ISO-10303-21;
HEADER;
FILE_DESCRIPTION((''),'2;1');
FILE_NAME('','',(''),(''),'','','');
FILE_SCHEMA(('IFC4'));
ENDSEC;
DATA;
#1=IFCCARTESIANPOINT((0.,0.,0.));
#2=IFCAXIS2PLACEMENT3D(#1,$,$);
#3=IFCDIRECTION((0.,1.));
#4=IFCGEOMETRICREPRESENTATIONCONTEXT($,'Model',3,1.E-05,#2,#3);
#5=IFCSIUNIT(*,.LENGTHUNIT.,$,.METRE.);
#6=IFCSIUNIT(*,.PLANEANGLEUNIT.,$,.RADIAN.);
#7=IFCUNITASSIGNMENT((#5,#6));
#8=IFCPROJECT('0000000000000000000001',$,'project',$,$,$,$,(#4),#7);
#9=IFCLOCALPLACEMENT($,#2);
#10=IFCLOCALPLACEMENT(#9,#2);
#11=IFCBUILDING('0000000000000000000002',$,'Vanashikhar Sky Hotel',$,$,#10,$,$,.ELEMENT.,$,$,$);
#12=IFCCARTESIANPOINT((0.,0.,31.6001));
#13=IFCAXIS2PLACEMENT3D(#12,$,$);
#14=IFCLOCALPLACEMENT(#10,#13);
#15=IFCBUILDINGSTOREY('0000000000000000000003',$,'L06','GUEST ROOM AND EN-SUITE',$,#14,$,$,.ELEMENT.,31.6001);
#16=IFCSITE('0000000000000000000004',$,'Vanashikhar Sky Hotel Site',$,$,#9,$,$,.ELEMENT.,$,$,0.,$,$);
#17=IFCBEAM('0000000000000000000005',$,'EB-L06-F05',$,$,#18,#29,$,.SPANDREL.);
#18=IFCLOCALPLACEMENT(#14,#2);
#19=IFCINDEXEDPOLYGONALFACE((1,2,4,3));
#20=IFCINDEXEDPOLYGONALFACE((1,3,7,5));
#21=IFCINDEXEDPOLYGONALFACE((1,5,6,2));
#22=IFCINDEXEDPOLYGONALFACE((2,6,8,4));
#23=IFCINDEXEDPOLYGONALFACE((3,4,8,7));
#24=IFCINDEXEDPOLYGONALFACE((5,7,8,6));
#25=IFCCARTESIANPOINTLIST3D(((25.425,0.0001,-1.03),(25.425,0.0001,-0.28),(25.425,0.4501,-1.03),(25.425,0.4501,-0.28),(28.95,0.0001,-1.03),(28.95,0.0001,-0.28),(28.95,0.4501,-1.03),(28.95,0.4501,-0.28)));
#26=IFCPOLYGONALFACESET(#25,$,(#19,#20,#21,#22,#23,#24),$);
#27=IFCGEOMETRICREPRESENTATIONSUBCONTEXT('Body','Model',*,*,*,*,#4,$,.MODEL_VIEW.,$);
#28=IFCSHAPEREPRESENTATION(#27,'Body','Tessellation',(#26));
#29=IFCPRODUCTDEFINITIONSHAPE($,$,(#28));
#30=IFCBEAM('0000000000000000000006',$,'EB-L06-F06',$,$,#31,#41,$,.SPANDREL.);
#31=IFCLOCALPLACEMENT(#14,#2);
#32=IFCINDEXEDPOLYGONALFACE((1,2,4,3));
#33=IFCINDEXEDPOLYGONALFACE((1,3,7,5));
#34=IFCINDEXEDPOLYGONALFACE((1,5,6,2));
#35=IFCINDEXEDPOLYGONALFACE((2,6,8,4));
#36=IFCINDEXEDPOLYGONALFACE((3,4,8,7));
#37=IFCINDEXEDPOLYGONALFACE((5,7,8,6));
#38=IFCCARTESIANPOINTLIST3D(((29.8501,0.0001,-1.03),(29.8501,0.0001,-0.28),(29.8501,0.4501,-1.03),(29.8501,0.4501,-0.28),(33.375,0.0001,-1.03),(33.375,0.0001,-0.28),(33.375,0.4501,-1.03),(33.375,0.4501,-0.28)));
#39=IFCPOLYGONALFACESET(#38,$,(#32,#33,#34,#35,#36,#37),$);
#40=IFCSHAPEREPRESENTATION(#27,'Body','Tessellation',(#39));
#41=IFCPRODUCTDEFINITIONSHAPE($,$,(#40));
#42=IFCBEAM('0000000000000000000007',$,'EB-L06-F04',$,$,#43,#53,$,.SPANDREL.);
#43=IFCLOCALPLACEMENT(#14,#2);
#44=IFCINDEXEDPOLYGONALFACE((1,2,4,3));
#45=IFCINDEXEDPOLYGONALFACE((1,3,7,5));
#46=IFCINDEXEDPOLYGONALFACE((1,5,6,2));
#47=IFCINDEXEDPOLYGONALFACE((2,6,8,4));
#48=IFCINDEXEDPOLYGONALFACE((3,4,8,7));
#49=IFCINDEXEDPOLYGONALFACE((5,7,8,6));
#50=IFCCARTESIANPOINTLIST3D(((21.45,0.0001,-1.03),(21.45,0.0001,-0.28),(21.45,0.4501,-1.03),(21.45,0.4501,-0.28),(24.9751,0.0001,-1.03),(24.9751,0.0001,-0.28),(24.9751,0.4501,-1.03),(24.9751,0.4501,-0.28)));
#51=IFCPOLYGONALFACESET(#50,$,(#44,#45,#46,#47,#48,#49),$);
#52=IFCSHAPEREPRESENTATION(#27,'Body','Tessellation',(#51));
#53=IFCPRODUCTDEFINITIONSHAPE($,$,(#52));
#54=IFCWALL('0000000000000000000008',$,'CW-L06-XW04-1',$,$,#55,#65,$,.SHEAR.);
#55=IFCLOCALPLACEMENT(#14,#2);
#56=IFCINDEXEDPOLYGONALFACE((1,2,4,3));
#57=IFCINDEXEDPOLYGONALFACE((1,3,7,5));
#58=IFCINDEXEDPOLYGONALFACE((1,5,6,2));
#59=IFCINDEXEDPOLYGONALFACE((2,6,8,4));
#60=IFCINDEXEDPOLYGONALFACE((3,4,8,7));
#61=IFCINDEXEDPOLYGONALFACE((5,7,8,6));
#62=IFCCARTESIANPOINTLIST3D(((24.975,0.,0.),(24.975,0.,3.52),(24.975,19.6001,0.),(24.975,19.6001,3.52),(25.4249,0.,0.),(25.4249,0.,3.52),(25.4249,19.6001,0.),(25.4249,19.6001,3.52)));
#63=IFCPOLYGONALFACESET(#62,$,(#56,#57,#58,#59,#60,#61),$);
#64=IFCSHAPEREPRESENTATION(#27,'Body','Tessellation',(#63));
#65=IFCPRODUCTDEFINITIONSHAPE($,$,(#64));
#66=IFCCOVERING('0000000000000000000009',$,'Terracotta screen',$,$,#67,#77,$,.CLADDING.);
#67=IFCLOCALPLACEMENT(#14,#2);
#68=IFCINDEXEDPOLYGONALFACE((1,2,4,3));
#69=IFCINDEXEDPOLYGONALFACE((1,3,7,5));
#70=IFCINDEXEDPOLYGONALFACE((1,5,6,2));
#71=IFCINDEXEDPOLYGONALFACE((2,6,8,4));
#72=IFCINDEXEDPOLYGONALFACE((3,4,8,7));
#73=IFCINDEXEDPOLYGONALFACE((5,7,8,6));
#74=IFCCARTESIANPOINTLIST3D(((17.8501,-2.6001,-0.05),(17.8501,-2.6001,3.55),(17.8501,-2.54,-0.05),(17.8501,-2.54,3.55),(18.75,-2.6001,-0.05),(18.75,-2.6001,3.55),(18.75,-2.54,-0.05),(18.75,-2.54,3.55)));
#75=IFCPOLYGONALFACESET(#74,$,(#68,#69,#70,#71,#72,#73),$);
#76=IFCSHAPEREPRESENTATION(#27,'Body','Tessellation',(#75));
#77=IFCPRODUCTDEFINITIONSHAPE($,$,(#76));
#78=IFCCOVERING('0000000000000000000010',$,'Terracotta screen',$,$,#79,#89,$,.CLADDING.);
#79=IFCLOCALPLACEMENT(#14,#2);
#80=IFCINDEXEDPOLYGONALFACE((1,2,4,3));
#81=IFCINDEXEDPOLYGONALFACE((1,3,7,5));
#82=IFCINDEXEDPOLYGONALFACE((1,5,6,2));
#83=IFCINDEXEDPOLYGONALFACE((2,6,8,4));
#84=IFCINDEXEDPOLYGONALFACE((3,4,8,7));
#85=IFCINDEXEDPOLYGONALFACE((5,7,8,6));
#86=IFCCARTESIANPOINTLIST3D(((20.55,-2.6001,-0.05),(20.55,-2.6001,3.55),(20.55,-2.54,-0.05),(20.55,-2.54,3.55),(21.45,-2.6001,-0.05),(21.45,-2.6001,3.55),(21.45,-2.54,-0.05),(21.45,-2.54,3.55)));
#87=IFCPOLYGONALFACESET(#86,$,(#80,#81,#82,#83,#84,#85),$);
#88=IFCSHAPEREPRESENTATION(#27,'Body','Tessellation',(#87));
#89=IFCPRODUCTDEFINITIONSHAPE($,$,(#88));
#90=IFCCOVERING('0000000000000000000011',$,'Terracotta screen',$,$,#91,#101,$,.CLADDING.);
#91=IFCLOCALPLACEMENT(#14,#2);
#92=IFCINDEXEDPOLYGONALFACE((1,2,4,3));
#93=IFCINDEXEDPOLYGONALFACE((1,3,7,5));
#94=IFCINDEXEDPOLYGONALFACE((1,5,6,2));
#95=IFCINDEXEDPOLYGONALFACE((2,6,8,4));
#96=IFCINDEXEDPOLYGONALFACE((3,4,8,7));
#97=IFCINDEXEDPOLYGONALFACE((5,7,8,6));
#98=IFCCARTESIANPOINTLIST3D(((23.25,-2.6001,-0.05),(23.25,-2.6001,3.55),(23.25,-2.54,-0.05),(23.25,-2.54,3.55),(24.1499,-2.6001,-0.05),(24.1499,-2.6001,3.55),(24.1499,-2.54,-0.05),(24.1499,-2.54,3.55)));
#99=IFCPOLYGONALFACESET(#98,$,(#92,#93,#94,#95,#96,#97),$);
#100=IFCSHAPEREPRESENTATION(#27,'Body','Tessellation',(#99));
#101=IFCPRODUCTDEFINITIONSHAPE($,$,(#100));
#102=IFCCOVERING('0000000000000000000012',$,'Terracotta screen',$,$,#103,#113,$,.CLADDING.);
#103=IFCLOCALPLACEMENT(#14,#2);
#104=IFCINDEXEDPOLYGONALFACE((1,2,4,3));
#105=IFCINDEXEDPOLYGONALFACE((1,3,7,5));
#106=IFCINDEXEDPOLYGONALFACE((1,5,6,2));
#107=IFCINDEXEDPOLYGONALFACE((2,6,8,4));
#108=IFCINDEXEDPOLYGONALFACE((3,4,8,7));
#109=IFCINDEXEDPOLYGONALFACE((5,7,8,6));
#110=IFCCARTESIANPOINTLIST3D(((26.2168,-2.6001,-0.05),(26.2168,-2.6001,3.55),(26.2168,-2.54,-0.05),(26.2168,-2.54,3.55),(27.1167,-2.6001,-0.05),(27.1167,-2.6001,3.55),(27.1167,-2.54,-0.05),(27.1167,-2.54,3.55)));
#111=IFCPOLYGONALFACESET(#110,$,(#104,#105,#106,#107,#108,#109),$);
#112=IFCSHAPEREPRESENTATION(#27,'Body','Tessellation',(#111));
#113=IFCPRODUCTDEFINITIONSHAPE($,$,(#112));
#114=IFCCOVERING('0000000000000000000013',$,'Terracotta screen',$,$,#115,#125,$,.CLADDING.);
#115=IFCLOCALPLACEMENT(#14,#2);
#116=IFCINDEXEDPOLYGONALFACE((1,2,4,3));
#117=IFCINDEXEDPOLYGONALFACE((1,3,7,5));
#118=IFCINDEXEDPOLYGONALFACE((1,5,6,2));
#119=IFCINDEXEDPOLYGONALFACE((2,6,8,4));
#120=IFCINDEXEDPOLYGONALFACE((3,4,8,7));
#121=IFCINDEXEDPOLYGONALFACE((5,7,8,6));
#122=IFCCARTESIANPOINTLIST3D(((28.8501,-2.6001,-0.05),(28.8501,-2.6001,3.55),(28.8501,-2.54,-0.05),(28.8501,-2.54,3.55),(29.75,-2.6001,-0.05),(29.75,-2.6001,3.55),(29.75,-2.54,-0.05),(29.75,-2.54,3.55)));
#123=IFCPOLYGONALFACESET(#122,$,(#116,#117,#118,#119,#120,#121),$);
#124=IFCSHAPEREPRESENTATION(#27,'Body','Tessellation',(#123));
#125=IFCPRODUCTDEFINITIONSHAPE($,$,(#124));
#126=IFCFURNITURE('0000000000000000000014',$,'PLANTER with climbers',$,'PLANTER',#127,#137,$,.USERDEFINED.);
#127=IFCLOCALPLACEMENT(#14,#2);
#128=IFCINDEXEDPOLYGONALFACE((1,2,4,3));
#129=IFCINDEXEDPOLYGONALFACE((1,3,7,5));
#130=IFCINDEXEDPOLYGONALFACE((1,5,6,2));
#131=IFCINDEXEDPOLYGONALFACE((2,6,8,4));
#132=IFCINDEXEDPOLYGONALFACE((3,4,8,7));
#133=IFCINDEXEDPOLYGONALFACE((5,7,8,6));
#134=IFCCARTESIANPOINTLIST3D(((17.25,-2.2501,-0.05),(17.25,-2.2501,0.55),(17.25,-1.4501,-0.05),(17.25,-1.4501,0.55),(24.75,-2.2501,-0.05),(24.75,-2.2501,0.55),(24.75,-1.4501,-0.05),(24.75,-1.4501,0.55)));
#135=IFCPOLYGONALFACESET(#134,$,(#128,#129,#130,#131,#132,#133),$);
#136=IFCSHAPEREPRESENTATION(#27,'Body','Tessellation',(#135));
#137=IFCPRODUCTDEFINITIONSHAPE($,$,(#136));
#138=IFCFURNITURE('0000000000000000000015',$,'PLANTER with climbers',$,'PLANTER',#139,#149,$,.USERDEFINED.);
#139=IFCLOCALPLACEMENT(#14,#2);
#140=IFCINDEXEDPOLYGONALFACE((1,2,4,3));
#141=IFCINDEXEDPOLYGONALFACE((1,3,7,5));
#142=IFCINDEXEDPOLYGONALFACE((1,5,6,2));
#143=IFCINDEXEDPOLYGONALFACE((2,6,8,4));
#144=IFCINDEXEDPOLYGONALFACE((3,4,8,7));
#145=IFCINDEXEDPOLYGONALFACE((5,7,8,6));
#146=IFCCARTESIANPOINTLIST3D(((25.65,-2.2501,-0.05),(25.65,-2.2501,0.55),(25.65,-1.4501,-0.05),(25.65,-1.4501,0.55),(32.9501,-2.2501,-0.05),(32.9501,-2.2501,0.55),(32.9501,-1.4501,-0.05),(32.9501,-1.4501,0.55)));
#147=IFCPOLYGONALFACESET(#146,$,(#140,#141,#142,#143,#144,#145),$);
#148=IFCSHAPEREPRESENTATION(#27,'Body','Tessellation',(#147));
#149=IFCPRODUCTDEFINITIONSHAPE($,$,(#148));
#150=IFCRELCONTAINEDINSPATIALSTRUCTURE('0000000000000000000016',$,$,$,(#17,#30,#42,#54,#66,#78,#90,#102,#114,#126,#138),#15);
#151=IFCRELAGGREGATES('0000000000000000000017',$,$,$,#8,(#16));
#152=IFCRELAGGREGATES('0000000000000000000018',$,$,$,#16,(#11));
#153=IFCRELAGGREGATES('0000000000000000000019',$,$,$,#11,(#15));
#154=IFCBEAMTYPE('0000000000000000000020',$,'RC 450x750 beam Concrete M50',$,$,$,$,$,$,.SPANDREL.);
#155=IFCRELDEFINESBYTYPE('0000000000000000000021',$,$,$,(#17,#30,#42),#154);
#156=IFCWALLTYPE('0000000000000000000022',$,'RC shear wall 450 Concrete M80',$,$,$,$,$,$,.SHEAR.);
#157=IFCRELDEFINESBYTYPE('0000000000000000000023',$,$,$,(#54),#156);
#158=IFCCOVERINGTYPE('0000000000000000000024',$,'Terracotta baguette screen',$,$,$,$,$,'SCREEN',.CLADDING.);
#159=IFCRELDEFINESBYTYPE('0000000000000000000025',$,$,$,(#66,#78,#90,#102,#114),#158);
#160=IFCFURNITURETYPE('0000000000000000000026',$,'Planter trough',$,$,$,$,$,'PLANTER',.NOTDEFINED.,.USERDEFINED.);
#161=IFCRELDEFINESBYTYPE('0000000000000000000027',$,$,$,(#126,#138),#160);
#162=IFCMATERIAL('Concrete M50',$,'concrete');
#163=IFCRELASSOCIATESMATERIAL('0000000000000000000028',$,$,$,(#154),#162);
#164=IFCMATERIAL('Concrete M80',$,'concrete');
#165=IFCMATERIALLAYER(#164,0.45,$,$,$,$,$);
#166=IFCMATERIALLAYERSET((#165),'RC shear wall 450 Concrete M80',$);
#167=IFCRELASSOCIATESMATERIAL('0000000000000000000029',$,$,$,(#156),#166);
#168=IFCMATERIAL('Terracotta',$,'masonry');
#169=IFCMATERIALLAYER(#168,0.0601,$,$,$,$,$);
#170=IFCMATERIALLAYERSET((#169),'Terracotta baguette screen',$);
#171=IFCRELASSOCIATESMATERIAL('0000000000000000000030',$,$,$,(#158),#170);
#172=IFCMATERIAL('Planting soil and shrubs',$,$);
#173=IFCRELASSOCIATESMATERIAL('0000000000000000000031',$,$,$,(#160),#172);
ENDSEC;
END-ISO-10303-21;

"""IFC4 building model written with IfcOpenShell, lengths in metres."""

from ifc_helpers import new_model, si_unit, direction, frame, frame_2d, origin, origin_2d, place, context, subcontext, project, spatial, rectangle, extrude, source, transform, mapped, material, layer, layer_set, material_profile, profile_set, type_object, element, save


model = new_model("IFC4")

# Units and contexts
model_context = context("Model", 3, precision=1e-05, world=origin(), true_north=direction((0.0, 1.0)))
body_context = subcontext(model_context, "Body", "Model", "MODEL_VIEW")
ifc_project = project(units=[si_unit("LENGTHUNIT", "METRE"), si_unit("PLANEANGLEUNIT", "RADIAN")], contexts=[model_context])

# Site, building, storey
site_placement = place(None, origin())
site = spatial("IfcSite", under=ifc_project, at=site_placement, Name="Vanashikhar Sky Hotel Site", CompositionType="ELEMENT", RefElevation=0.0)
building_placement = place(site_placement, origin())
building = spatial("IfcBuilding", under=site, at=building_placement, Name="Vanashikhar Sky Hotel", CompositionType="ELEMENT")
storey_placement = place(building_placement, frame((0.0, 0.0, 31.6001)))
storey = spatial("IfcBuildingStorey", under=building, at=storey_placement, Name="L06", Description="GUEST ROOM AND EN-SUITE", CompositionType="ELEMENT", Elevation=31.6001)

# Beams
ifc_material_1 = material(Name="Concrete M50", Category="concrete")
ifc_material_profile = material_profile(ifc_material_1, rectangle(XDim=0.45, YDim=0.75, at=origin_2d()))
ifc_profile_set = profile_set([ifc_material_profile], Name="RC 450x750 beam Concrete M50")
beam_type = type_object("IfcBeamType", Name="RC 450x750 beam Concrete M50", PredefinedType="SPANDREL", material=ifc_profile_set)
shared_shape_1 = source(origin(), body_context, "Body", "SweptSolid", [
    extrude(rectangle(XDim=0.45, YDim=0.75, at=origin_2d()), origin(), (0.0, 0.0, 1.0), 3.5249),
])
for number, where, z_axis, x_axis, name in (
    (1, (25.425, 0.2251, -0.655), (1.0, 0.0, 0.0), (0.0, 1.0, 0.0), "EB-L06-F05"),
    (2, (29.8501, 0.2251, -0.655), (1.0, 0.0, 0.0), (0.0, 1.0, 0.0), "EB-L06-F06"),
):
    element("IfcBeam", number, at=place(storey_placement, frame(where, z_axis=z_axis, x_axis=x_axis)), inside=storey, type_object=beam_type, Name=name, PredefinedType="SPANDREL", context=body_context, shape_type="MappedRepresentation", body=[
        mapped(shared_shape_1, transform((0.0, 0.0, 0.0), scale=1.0)),
    ])
shared_shape_2 = source(origin(), body_context, "Body", "SweptSolid", [
    extrude(rectangle(XDim=0.45, YDim=0.75, at=origin_2d()), origin(), (0.0, 0.0, 1.0), 3.5251),
])
beam_placement = place(storey_placement, frame((21.45, 0.2251, -0.655), z_axis=(1.0, 0.0, 0.0), x_axis=(0.0, 1.0, 0.0)))
element("IfcBeam", 3, at=beam_placement, inside=storey, type_object=beam_type, Name="EB-L06-F04", PredefinedType="SPANDREL", context=body_context, shape_type="MappedRepresentation", body=[
    mapped(shared_shape_2, transform((0.0, 0.0, 0.0), scale=1.0)),
])

# Wall
ifc_material_2 = material(Name="Concrete M80", Category="concrete")
ifc_layer_1 = layer(ifc_material_2, 0.45)
ifc_layer_set_1 = layer_set([ifc_layer_1], Name="RC shear wall 450 Concrete M80")
wall_type_1 = type_object("IfcWallType", Name="RC shear wall 450 Concrete M80", PredefinedType="SHEAR", material=ifc_layer_set_1)
shared_shape_3 = source(origin(), body_context, "Body", "SweptSolid", [
    extrude(rectangle(XDim=19.6001, YDim=0.45, at=frame_2d((9.8, 0.0))), origin(), (0.0, 0.0, 1.0), 3.52),
])
wall_1_placement = place(storey_placement, frame((25.2, 0.0, 0.0), z_axis=(0.0, 0.0, 1.0), x_axis=(0.0, 1.0, 0.0)))
element("IfcWall", 4, at=wall_1_placement, inside=storey, type_object=wall_type_1, Name="CW-L06-XW04-1", PredefinedType="SHEAR", context=body_context, shape_type="MappedRepresentation", body=[
    mapped(shared_shape_3, transform((0.0, 0.0, 0.0), scale=1.0)),
])

# Coverings
ifc_material_3 = material(Name="Terracotta", Category="masonry")
ifc_layer_2 = layer(ifc_material_3, 0.0601)
ifc_layer_set_2 = layer_set([ifc_layer_2], Name="Terracotta baguette screen")
covering_type = type_object("IfcCoveringType", Name="Terracotta baguette screen", ElementType="SCREEN", PredefinedType="CLADDING", material=ifc_layer_set_2)
shared_shape_4 = source(origin(), body_context, "Body", "SweptSolid", [
    extrude(rectangle(XDim=0.8999, YDim=0.0601, at=origin_2d()), origin(), (0.0, 0.0, 1.0), 3.6001),
])
for number, where, z_axis, x_axis, name in (
    (5, (18.3, -2.5701, -0.05), (0.0, 0.0, 1.0), (1.0, 0.0, 0.0), "Terracotta screen"),
    (6, (21.0, -2.5701, -0.05), (0.0, 0.0, 1.0), (1.0, 0.0, 0.0), "Terracotta screen"),
    (7, (23.7, -2.5701, -0.05), (0.0, 0.0, 1.0), (1.0, 0.0, 0.0), "Terracotta screen"),
    (8, (26.6667, -2.5701, -0.05), (0.0, 0.0, 1.0), (1.0, 0.0, 0.0), "Terracotta screen"),
    (9, (29.3, -2.5701, -0.05), (0.0, 0.0, 1.0), (1.0, 0.0, 0.0), "Terracotta screen"),
):
    element("IfcCovering", number, at=place(storey_placement, frame(where, z_axis=z_axis, x_axis=x_axis)), inside=storey, type_object=covering_type, Name=name, PredefinedType="CLADDING", context=body_context, shape_type="MappedRepresentation", body=[
        mapped(shared_shape_4, transform((0.0, 0.0, 0.0), scale=1.0)),
    ])

# Furniture
ifc_material_4 = material(Name="Planting soil and shrubs")
furniture_type = type_object("IfcFurnitureType", Name="Planter trough", ElementType="PLANTER", AssemblyPlace="NOTDEFINED", PredefinedType="USERDEFINED", material=ifc_material_4)
shared_shape_5 = source(origin(), body_context, "Body", "SweptSolid", [
    extrude(rectangle(XDim=7.5, YDim=0.8, at=origin_2d()), origin(), (0.0, 0.0, 1.0), 0.6001),
])
furniture_1_placement = place(storey_placement, frame((21.0, -1.8501, -0.05), z_axis=(0.0, 0.0, 1.0), x_axis=(1.0, 0.0, 0.0)))
element("IfcFurniture", 10, at=furniture_1_placement, inside=storey, type_object=furniture_type, Name="PLANTER with climbers", ObjectType="PLANTER", PredefinedType="USERDEFINED", context=body_context, shape_type="MappedRepresentation", body=[
    mapped(shared_shape_5, transform((0.0, 0.0, 0.0), scale=1.0)),
])
shared_shape_6 = source(origin(), body_context, "Body", "SweptSolid", [
    extrude(rectangle(XDim=7.3, YDim=0.8, at=origin_2d()), origin(), (0.0, 0.0, 1.0), 0.6001),
])
furniture_2_placement = place(storey_placement, frame((29.3, -1.8501, -0.05), z_axis=(0.0, 0.0, 1.0), x_axis=(1.0, 0.0, 0.0)))
element("IfcFurniture", 11, at=furniture_2_placement, inside=storey, type_object=furniture_type, Name="PLANTER with climbers", ObjectType="PLANTER", PredefinedType="USERDEFINED", context=body_context, shape_type="MappedRepresentation", body=[
    mapped(shared_shape_6, transform((0.0, 0.0, 0.0), scale=1.0)),
])

save(model, "model.ifc")
